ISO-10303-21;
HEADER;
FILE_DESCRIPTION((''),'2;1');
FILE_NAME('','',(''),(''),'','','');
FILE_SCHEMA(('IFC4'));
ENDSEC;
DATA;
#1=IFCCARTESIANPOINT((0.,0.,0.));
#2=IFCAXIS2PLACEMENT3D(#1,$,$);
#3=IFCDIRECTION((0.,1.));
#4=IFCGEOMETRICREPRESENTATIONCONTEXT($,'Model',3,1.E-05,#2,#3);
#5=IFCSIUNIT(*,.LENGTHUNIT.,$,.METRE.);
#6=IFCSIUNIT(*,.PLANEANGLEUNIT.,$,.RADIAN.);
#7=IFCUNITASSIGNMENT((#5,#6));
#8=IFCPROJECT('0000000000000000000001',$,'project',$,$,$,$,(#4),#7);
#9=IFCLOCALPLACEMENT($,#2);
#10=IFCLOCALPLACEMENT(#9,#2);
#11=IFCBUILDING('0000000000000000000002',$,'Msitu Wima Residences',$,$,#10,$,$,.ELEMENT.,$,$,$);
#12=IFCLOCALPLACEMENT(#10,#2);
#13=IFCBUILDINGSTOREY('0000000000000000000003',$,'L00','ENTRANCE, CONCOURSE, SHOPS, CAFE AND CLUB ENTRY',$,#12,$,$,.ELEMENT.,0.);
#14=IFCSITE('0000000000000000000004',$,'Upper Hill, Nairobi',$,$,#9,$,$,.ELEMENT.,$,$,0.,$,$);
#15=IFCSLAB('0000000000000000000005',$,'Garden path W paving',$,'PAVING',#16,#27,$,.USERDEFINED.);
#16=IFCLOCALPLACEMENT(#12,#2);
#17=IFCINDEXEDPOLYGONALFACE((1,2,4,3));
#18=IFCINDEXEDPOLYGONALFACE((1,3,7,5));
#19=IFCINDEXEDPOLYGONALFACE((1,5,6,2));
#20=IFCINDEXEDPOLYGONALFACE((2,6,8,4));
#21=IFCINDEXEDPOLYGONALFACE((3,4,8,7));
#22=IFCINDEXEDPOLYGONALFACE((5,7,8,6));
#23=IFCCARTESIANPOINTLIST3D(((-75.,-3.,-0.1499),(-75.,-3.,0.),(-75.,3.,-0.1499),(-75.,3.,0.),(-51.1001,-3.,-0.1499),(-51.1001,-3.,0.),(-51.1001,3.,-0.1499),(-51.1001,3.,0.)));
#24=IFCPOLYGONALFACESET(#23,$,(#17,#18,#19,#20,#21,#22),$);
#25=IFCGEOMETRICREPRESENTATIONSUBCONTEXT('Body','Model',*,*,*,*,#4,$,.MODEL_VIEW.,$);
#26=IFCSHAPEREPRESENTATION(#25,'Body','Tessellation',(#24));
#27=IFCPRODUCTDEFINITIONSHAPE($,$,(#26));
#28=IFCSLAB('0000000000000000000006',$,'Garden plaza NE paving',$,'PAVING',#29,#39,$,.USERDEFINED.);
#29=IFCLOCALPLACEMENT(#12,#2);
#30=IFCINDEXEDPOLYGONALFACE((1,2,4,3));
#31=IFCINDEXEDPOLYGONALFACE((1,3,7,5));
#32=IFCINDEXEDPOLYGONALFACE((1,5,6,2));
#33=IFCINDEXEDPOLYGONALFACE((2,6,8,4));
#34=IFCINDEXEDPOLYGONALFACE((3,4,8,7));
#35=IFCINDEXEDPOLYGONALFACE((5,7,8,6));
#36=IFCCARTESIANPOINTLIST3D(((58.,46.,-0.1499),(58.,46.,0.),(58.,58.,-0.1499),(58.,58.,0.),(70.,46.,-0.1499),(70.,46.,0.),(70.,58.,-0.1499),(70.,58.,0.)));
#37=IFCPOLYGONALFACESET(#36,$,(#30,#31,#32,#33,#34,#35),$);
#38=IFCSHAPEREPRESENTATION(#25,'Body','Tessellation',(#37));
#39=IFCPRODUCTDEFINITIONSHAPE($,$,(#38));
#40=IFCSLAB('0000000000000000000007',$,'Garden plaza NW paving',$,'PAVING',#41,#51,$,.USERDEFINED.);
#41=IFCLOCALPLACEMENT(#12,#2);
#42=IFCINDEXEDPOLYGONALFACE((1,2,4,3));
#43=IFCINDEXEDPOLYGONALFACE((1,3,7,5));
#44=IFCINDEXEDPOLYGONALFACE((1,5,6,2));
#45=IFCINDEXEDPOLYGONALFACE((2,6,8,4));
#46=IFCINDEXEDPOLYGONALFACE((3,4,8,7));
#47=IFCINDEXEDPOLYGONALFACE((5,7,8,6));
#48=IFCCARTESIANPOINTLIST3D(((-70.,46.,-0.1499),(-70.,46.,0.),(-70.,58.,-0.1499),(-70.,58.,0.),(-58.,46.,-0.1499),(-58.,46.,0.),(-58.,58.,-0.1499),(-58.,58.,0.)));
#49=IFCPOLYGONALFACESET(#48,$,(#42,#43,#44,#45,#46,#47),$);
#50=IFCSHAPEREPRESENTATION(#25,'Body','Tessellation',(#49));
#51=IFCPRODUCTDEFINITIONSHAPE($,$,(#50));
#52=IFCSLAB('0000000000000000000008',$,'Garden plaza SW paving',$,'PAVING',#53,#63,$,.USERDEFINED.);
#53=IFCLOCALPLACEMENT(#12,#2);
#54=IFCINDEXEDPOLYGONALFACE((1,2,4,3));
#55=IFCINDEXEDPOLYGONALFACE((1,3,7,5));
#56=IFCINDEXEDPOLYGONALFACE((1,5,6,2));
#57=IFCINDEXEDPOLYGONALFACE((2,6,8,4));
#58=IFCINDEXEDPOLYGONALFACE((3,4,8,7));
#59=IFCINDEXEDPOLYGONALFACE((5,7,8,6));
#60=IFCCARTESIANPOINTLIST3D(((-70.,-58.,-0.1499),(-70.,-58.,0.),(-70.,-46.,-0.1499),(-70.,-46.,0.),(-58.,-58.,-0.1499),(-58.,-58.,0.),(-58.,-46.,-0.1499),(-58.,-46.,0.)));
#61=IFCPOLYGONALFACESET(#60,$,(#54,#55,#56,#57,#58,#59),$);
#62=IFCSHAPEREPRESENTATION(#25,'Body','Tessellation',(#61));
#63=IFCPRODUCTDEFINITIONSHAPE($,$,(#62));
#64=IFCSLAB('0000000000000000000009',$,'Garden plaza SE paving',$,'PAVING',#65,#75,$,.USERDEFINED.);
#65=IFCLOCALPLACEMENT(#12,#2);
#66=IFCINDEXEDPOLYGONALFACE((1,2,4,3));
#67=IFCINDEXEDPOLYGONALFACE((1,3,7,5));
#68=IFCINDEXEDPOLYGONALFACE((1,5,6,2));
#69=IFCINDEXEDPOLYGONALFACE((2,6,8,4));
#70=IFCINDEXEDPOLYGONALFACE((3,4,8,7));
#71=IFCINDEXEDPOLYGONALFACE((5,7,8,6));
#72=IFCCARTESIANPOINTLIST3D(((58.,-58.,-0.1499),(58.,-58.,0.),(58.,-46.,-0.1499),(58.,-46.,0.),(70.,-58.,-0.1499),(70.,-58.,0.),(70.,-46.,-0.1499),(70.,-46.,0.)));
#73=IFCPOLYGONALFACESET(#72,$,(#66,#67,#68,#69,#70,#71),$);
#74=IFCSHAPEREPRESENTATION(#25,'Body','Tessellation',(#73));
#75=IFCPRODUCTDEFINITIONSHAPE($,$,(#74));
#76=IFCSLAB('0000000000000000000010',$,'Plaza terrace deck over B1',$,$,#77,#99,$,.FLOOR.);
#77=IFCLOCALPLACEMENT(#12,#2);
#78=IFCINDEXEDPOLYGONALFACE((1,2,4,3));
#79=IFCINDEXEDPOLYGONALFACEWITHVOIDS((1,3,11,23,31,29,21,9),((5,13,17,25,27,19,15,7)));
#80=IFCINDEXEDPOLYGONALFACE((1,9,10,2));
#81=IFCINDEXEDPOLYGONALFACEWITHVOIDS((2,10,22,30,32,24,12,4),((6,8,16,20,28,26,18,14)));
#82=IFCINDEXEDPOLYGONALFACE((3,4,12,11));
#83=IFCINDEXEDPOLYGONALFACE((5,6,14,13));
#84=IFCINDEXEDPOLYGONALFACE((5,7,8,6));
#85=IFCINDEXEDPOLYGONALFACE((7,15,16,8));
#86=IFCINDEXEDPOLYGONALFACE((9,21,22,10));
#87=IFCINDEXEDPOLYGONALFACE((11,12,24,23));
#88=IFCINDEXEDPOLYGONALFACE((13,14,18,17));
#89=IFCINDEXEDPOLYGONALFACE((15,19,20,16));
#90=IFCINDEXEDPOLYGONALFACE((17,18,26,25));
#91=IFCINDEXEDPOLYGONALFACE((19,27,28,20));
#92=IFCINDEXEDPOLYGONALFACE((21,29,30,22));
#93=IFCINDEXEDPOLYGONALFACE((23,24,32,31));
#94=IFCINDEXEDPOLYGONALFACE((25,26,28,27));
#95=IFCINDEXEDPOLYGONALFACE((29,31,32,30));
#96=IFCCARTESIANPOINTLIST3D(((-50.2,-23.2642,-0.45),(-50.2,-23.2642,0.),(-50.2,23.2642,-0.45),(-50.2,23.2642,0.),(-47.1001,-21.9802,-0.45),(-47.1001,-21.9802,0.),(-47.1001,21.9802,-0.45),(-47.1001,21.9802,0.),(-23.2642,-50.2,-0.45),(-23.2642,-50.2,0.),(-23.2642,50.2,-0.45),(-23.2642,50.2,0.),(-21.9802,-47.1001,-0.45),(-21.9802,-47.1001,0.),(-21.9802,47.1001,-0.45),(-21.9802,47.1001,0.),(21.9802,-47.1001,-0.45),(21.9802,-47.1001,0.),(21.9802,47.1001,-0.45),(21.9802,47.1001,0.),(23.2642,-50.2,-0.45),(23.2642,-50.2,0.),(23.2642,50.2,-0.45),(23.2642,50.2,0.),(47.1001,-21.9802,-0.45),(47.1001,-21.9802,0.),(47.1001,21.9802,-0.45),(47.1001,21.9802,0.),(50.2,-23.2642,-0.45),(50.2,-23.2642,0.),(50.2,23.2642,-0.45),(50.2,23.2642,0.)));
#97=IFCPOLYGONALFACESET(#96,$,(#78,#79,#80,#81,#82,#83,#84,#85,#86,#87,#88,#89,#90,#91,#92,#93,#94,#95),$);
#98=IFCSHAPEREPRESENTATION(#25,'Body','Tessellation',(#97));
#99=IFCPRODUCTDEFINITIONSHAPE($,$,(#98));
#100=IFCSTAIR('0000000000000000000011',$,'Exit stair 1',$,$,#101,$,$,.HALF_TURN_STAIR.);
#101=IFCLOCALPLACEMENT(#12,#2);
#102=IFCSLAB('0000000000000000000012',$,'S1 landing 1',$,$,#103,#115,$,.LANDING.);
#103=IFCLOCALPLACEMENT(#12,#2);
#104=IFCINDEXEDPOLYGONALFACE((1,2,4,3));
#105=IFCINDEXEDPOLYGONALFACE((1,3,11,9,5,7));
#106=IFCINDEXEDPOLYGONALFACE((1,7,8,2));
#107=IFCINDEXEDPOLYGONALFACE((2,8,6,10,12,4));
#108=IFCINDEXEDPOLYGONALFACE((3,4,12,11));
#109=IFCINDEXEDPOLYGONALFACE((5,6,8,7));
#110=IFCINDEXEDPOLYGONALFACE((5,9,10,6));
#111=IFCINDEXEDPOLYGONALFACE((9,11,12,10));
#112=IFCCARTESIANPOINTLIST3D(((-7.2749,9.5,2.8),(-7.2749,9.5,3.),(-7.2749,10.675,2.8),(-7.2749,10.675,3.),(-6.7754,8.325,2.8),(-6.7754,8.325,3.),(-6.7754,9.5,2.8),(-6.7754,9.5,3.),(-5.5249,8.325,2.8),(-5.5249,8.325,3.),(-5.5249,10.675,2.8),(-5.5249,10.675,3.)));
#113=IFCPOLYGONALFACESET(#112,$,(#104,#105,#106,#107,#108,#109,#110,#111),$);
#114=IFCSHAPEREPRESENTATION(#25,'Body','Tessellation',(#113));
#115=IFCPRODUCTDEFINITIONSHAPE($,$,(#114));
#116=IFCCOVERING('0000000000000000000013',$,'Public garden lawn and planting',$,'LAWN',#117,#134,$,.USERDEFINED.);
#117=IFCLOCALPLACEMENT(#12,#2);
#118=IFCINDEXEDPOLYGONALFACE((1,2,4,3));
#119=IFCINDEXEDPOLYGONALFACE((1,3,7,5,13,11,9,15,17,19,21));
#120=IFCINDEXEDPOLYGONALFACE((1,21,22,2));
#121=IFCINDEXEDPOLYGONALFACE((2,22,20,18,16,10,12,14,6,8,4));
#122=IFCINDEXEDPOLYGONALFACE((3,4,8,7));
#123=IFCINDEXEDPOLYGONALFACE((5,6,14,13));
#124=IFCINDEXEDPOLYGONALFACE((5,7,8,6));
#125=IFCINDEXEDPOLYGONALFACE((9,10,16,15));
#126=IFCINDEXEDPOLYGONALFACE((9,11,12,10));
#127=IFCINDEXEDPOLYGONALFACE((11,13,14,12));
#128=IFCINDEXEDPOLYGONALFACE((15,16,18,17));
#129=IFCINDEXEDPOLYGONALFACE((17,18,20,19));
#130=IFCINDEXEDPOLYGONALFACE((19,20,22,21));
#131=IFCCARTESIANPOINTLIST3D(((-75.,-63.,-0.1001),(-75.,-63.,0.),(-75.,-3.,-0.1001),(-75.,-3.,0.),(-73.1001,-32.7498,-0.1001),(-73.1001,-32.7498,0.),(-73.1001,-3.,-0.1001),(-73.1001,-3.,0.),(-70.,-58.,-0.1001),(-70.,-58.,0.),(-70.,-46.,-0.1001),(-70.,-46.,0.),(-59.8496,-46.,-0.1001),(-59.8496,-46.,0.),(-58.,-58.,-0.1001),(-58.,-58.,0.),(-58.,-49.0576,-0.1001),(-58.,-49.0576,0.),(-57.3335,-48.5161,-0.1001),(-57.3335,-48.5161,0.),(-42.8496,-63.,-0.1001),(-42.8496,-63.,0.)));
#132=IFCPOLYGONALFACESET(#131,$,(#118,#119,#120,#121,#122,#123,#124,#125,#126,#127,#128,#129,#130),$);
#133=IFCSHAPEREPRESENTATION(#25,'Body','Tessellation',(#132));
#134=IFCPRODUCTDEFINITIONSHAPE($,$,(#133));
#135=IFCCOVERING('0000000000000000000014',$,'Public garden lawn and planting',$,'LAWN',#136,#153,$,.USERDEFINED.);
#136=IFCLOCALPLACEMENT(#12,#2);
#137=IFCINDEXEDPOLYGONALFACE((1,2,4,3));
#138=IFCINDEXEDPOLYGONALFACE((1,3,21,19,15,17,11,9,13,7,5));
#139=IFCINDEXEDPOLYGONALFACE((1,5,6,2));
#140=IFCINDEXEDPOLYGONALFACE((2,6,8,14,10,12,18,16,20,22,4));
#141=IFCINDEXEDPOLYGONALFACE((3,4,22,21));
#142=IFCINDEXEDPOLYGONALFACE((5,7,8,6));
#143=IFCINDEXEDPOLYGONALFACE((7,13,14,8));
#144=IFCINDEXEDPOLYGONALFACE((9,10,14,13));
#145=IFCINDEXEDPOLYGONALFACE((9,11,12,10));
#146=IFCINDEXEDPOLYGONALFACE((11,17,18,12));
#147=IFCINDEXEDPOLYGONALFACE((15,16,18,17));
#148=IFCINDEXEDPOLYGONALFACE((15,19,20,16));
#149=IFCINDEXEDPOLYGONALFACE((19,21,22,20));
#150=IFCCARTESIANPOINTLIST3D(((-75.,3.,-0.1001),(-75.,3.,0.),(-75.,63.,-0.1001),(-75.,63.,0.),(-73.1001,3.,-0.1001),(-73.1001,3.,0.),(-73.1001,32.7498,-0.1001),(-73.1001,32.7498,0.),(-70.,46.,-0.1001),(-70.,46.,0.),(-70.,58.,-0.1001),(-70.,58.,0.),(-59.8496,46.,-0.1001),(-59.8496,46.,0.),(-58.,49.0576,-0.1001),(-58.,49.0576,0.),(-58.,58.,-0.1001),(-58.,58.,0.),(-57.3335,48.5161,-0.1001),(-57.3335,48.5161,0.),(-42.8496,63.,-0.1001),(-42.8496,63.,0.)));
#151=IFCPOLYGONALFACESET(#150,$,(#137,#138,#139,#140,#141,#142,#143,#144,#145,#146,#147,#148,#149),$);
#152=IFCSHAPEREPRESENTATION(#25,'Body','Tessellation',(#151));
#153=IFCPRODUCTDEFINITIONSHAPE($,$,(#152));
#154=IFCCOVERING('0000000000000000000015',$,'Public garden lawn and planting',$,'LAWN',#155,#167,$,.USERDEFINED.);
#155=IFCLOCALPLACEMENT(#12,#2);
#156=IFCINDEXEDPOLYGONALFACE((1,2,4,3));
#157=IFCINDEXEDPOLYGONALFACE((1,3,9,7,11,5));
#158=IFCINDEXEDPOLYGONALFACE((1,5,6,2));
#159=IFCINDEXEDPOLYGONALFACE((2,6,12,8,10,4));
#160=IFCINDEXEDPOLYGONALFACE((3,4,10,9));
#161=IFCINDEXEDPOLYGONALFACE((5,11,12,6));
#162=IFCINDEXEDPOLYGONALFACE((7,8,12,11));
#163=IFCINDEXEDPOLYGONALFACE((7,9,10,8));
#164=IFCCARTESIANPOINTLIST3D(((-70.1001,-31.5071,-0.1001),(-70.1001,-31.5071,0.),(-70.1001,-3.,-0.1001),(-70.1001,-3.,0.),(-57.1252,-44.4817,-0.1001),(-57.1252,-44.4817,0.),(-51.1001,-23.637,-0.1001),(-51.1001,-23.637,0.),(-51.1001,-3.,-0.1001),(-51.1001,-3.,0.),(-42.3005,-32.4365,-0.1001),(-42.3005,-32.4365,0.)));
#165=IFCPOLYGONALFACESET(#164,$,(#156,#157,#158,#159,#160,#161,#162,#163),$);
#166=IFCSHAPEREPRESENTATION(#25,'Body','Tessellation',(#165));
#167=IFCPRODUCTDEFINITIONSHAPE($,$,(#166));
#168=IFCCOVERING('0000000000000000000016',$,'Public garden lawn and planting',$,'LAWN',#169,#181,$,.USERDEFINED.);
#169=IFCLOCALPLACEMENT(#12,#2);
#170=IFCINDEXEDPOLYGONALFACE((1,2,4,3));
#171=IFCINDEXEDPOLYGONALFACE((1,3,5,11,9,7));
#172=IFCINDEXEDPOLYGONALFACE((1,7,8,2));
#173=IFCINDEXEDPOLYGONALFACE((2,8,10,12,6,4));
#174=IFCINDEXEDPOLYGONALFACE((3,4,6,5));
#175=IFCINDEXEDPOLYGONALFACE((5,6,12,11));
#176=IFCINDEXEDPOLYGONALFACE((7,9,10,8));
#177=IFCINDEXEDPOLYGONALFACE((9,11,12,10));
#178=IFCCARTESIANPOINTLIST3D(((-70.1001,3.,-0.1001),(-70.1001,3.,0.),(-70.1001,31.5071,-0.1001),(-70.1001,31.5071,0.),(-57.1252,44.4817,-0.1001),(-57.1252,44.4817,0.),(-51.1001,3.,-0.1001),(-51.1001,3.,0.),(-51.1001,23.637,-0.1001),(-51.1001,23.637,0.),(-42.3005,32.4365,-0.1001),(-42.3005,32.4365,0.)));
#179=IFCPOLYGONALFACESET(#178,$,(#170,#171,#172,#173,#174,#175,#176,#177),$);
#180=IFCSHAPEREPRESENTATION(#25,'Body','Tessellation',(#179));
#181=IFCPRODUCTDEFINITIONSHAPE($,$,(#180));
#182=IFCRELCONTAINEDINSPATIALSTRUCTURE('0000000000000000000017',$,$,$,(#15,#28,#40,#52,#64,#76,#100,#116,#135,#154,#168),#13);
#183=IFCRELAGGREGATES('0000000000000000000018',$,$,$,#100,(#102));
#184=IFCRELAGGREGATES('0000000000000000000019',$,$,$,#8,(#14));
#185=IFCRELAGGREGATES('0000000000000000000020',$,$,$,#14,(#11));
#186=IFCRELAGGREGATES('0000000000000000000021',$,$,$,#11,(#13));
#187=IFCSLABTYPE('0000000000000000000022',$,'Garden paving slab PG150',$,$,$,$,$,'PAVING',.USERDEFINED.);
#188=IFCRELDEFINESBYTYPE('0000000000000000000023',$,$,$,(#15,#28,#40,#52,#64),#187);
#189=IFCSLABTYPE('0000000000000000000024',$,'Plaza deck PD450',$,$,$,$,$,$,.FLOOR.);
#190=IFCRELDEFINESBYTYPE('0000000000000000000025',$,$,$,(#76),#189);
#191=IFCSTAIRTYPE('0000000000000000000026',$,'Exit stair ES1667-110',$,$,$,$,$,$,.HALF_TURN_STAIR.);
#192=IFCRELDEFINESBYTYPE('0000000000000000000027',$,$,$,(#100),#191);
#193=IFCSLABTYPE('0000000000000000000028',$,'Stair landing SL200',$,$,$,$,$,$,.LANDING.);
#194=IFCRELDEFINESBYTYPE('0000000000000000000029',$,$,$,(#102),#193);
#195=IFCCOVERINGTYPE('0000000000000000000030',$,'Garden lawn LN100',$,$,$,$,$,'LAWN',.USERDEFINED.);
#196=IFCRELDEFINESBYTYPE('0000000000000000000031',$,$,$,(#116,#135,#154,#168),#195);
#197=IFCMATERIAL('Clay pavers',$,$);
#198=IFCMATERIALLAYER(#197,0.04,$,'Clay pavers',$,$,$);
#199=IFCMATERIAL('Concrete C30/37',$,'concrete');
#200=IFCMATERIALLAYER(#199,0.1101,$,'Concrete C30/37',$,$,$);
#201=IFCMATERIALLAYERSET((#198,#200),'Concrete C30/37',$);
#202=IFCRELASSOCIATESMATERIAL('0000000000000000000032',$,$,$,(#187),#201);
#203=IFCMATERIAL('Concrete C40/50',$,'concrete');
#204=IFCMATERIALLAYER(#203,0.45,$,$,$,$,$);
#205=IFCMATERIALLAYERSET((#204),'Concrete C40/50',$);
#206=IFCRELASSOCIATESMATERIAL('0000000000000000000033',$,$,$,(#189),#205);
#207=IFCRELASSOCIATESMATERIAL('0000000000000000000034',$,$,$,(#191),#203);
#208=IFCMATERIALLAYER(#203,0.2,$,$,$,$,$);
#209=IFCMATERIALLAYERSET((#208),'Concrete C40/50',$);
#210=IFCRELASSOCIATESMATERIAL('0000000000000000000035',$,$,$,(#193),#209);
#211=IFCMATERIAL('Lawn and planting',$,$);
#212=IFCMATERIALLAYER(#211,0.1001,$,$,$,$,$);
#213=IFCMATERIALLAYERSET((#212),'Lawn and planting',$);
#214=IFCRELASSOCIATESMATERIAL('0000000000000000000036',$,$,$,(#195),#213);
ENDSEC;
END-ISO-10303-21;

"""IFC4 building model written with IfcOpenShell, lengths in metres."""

from ifc_helpers import new_model, si_unit, direction, frame, origin, place, context, subcontext, project, spatial, polyline, outline, extrude, material, layer, layer_set, type_object, element, aggregate, save


model = new_model("IFC4")

# Units and contexts
model_context = context("Model", 3, precision=1e-05, world=origin(), true_north=direction((0.0, 1.0)))
body_context = subcontext(model_context, "Body", "Model", "MODEL_VIEW")
ifc_project = project(units=[si_unit("LENGTHUNIT", "METRE"), si_unit("PLANEANGLEUNIT", "RADIAN")], contexts=[model_context])

# Site, building, storey
site_placement = place(None, origin())
site = spatial("IfcSite", under=ifc_project, at=site_placement, Name="Upper Hill, Nairobi", CompositionType="ELEMENT", RefElevation=0.0)
building_placement = place(site_placement, origin())
building = spatial("IfcBuilding", under=site, at=building_placement, Name="Msitu Wima Residences", CompositionType="ELEMENT")
storey_placement = place(building_placement, origin())
storey = spatial("IfcBuildingStorey", under=building, at=storey_placement, Name="L00", Description="ENTRANCE, CONCOURSE, SHOPS, CAFE AND CLUB ENTRY", CompositionType="ELEMENT", Elevation=0.0)

# Shared definitions
ifc_material_1 = material(Name="Concrete C40/50", Category="concrete")

# Slabs
ifc_material_2 = material(Name="Clay pavers")
ifc_layer_1 = layer(ifc_material_2, 0.04, Name="Clay pavers")
ifc_material_3 = material(Name="Concrete C30/37", Category="concrete")
ifc_layer_2 = layer(ifc_material_3, 0.1101, Name="Concrete C30/37")
ifc_layer_set_1 = layer_set([ifc_layer_1, ifc_layer_2], Name="Concrete C30/37")
slab_type_1 = type_object("IfcSlabType", Name="Garden paving slab PG150", ElementType="PAVING", PredefinedType="USERDEFINED", material=ifc_layer_set_1)
slab_1_placement = place(storey_placement, frame((0.0, 0.0, -0.1499)))
element("IfcSlab", 1, at=slab_1_placement, inside=storey, type_object=slab_type_1, Name="Garden path W paving", ObjectType="PAVING", PredefinedType="USERDEFINED", context=body_context, shape_type="SweptSolid", body=[
    extrude(outline(polyline([(-51.1001, -3.0), (-51.1001, 3.0), (-75.0, 3.0), (-75.0, -3.0), (-51.1001, -3.0)])), origin(), (0.0, 0.0, 1.0), 0.1499),
])
slab_2_placement = place(storey_placement, frame((0.0, 0.0, -0.1499)))
element("IfcSlab", 2, at=slab_2_placement, inside=storey, type_object=slab_type_1, Name="Garden plaza NE paving", ObjectType="PAVING", PredefinedType="USERDEFINED", context=body_context, shape_type="SweptSolid", body=[
    extrude(outline(polyline([(58.0, 46.0), (70.0, 46.0), (70.0, 58.0), (58.0, 58.0), (58.0, 46.0)])), origin(), (0.0, 0.0, 1.0), 0.1499),
])
slab_3_placement = place(storey_placement, frame((0.0, 0.0, -0.1499)))
element("IfcSlab", 3, at=slab_3_placement, inside=storey, type_object=slab_type_1, Name="Garden plaza NW paving", ObjectType="PAVING", PredefinedType="USERDEFINED", context=body_context, shape_type="SweptSolid", body=[
    extrude(outline(polyline([(-70.0, 46.0), (-58.0, 46.0), (-58.0, 58.0), (-70.0, 58.0), (-70.0, 46.0)])), origin(), (0.0, 0.0, 1.0), 0.1499),
])
slab_4_placement = place(storey_placement, frame((0.0, 0.0, -0.1499)))
element("IfcSlab", 4, at=slab_4_placement, inside=storey, type_object=slab_type_1, Name="Garden plaza SW paving", ObjectType="PAVING", PredefinedType="USERDEFINED", context=body_context, shape_type="SweptSolid", body=[
    extrude(outline(polyline([(-70.0, -58.0), (-58.0, -58.0), (-58.0, -46.0), (-70.0, -46.0), (-70.0, -58.0)])), origin(), (0.0, 0.0, 1.0), 0.1499),
])
slab_5_placement = place(storey_placement, frame((0.0, 0.0, -0.1499)))
element("IfcSlab", 5, at=slab_5_placement, inside=storey, type_object=slab_type_1, Name="Garden plaza SE paving", ObjectType="PAVING", PredefinedType="USERDEFINED", context=body_context, shape_type="SweptSolid", body=[
    extrude(outline(polyline([(58.0, -58.0), (70.0, -58.0), (70.0, -46.0), (58.0, -46.0), (58.0, -58.0)])), origin(), (0.0, 0.0, 1.0), 0.1499),
])
ifc_layer_3 = layer(ifc_material_1, 0.45)
ifc_layer_set_2 = layer_set([ifc_layer_3], Name="Concrete C40/50")
slab_type_2 = type_object("IfcSlabType", Name="Plaza deck PD450", PredefinedType="FLOOR", material=ifc_layer_set_2)
slab_6_placement = place(storey_placement, frame((0.0, 0.0, -0.45)))
element("IfcSlab", 6, at=slab_6_placement, inside=storey, type_object=slab_type_2, Name="Plaza terrace deck over B1", PredefinedType="FLOOR", context=body_context, shape_type="SweptSolid", body=[
    extrude(outline(polyline([(23.2642, -50.2), (-23.2642, -50.2), (-50.2, -23.2642), (-50.2, 23.2642), (-23.2642, 50.2), (23.2642, 50.2), (50.2, 23.2642), (50.2, -23.2642), (23.2642, -50.2)]), holes=[polyline([(47.1001, 21.9802), (21.9802, 47.1001), (-21.9802, 47.1001), (-47.1001, 21.9802), (-47.1001, -21.9802), (-21.9802, -47.1001), (21.9802, -47.1001), (47.1001, -21.9802), (47.1001, 21.9802)])]), origin(), (0.0, 0.0, 1.0), 0.45),
])

# Stair, slab
stair_type_1 = type_object("IfcStairType", Name="Exit stair ES1667-110", PredefinedType="HALF_TURN_STAIR", material=ifc_material_1)
stair_1_placement = place(storey_placement, origin())
stair_1 = element("IfcStair", 7, at=stair_1_placement, inside=storey, type_object=stair_type_1, Name="Exit stair 1", PredefinedType="HALF_TURN_STAIR")
ifc_layer_4 = layer(ifc_material_1, 0.2)
ifc_layer_set_3 = layer_set([ifc_layer_4], Name="Concrete C40/50")
slab_type_3 = type_object("IfcSlabType", Name="Stair landing SL200", PredefinedType="LANDING", material=ifc_layer_set_3)
slab_7_placement = place(storey_placement, frame((0.0, 0.0, 2.8)))
slab_7 = element("IfcSlab", 8, at=slab_7_placement, type_object=slab_type_3, Name="S1 landing 1", PredefinedType="LANDING", context=body_context, shape_type="SweptSolid", body=[
    extrude(outline(polyline([(-5.5249, 8.325), (-6.7754, 8.325), (-6.7754, 9.5), (-7.2749, 9.5), (-7.2749, 10.675), (-5.5249, 10.675), (-5.5249, 8.325)])), origin(), (0.0, 0.0, 1.0), 0.2),
])
aggregate(stair_1, [slab_7])

# Coverings
ifc_material_4 = material(Name="Lawn and planting")
ifc_layer_5 = layer(ifc_material_4, 0.1001)
ifc_layer_set_4 = layer_set([ifc_layer_5], Name="Lawn and planting")
covering_type_1 = type_object("IfcCoveringType", Name="Garden lawn LN100", ElementType="LAWN", PredefinedType="USERDEFINED", material=ifc_layer_set_4)
covering_1_placement = place(storey_placement, frame((0.0, 0.0, -0.1001)))
element("IfcCovering", 9, at=covering_1_placement, inside=storey, type_object=covering_type_1, Name="Public garden lawn and planting", ObjectType="LAWN", PredefinedType="USERDEFINED", context=body_context, shape_type="SweptSolid", body=[
    extrude(outline(polyline([(-75.0, -3.0), (-73.1001, -3.0), (-73.1001, -32.7498), (-59.8496, -46.0), (-70.0, -46.0), (-70.0, -58.0), (-58.0, -58.0), (-58.0, -49.0576), (-57.3335, -48.5161), (-42.8496, -63.0), (-75.0, -63.0), (-75.0, -3.0)])), origin(), (0.0, 0.0, 1.0), 0.1001),
])
covering_2_placement = place(storey_placement, frame((0.0, 0.0, -0.1001)))
element("IfcCovering", 10, at=covering_2_placement, inside=storey, type_object=covering_type_1, Name="Public garden lawn and planting", ObjectType="LAWN", PredefinedType="USERDEFINED", context=body_context, shape_type="SweptSolid", body=[
    extrude(outline(polyline([(-42.8496, 63.0), (-57.3335, 48.5161), (-58.0, 49.0576), (-58.0, 58.0), (-70.0, 58.0), (-70.0, 46.0), (-59.8496, 46.0), (-73.1001, 32.7498), (-73.1001, 3.0), (-75.0, 3.0), (-75.0, 63.0), (-42.8496, 63.0)])), origin(), (0.0, 0.0, 1.0), 0.1001),
])
covering_3_placement = place(storey_placement, frame((0.0, 0.0, -0.1001)))
element("IfcCovering", 11, at=covering_3_placement, inside=storey, type_object=covering_type_1, Name="Public garden lawn and planting", ObjectType="LAWN", PredefinedType="USERDEFINED", context=body_context, shape_type="SweptSolid", body=[
    extrude(outline(polyline([(-51.1001, -3.0), (-51.1001, -23.637), (-42.3005, -32.4365), (-57.1252, -44.4817), (-70.1001, -31.5071), (-70.1001, -3.0), (-51.1001, -3.0)])), origin(), (0.0, 0.0, 1.0), 0.1001),
])
covering_4_placement = place(storey_placement, frame((0.0, 0.0, -0.1001)))
element("IfcCovering", 12, at=covering_4_placement, inside=storey, type_object=covering_type_1, Name="Public garden lawn and planting", ObjectType="LAWN", PredefinedType="USERDEFINED", context=body_context, shape_type="SweptSolid", body=[
    extrude(outline(polyline([(-51.1001, 23.637), (-51.1001, 3.0), (-70.1001, 3.0), (-70.1001, 31.5071), (-57.1252, 44.4817), (-42.3005, 32.4365), (-51.1001, 23.637)])), origin(), (0.0, 0.0, 1.0), 0.1001),
])

save(model, "model.ifc")
